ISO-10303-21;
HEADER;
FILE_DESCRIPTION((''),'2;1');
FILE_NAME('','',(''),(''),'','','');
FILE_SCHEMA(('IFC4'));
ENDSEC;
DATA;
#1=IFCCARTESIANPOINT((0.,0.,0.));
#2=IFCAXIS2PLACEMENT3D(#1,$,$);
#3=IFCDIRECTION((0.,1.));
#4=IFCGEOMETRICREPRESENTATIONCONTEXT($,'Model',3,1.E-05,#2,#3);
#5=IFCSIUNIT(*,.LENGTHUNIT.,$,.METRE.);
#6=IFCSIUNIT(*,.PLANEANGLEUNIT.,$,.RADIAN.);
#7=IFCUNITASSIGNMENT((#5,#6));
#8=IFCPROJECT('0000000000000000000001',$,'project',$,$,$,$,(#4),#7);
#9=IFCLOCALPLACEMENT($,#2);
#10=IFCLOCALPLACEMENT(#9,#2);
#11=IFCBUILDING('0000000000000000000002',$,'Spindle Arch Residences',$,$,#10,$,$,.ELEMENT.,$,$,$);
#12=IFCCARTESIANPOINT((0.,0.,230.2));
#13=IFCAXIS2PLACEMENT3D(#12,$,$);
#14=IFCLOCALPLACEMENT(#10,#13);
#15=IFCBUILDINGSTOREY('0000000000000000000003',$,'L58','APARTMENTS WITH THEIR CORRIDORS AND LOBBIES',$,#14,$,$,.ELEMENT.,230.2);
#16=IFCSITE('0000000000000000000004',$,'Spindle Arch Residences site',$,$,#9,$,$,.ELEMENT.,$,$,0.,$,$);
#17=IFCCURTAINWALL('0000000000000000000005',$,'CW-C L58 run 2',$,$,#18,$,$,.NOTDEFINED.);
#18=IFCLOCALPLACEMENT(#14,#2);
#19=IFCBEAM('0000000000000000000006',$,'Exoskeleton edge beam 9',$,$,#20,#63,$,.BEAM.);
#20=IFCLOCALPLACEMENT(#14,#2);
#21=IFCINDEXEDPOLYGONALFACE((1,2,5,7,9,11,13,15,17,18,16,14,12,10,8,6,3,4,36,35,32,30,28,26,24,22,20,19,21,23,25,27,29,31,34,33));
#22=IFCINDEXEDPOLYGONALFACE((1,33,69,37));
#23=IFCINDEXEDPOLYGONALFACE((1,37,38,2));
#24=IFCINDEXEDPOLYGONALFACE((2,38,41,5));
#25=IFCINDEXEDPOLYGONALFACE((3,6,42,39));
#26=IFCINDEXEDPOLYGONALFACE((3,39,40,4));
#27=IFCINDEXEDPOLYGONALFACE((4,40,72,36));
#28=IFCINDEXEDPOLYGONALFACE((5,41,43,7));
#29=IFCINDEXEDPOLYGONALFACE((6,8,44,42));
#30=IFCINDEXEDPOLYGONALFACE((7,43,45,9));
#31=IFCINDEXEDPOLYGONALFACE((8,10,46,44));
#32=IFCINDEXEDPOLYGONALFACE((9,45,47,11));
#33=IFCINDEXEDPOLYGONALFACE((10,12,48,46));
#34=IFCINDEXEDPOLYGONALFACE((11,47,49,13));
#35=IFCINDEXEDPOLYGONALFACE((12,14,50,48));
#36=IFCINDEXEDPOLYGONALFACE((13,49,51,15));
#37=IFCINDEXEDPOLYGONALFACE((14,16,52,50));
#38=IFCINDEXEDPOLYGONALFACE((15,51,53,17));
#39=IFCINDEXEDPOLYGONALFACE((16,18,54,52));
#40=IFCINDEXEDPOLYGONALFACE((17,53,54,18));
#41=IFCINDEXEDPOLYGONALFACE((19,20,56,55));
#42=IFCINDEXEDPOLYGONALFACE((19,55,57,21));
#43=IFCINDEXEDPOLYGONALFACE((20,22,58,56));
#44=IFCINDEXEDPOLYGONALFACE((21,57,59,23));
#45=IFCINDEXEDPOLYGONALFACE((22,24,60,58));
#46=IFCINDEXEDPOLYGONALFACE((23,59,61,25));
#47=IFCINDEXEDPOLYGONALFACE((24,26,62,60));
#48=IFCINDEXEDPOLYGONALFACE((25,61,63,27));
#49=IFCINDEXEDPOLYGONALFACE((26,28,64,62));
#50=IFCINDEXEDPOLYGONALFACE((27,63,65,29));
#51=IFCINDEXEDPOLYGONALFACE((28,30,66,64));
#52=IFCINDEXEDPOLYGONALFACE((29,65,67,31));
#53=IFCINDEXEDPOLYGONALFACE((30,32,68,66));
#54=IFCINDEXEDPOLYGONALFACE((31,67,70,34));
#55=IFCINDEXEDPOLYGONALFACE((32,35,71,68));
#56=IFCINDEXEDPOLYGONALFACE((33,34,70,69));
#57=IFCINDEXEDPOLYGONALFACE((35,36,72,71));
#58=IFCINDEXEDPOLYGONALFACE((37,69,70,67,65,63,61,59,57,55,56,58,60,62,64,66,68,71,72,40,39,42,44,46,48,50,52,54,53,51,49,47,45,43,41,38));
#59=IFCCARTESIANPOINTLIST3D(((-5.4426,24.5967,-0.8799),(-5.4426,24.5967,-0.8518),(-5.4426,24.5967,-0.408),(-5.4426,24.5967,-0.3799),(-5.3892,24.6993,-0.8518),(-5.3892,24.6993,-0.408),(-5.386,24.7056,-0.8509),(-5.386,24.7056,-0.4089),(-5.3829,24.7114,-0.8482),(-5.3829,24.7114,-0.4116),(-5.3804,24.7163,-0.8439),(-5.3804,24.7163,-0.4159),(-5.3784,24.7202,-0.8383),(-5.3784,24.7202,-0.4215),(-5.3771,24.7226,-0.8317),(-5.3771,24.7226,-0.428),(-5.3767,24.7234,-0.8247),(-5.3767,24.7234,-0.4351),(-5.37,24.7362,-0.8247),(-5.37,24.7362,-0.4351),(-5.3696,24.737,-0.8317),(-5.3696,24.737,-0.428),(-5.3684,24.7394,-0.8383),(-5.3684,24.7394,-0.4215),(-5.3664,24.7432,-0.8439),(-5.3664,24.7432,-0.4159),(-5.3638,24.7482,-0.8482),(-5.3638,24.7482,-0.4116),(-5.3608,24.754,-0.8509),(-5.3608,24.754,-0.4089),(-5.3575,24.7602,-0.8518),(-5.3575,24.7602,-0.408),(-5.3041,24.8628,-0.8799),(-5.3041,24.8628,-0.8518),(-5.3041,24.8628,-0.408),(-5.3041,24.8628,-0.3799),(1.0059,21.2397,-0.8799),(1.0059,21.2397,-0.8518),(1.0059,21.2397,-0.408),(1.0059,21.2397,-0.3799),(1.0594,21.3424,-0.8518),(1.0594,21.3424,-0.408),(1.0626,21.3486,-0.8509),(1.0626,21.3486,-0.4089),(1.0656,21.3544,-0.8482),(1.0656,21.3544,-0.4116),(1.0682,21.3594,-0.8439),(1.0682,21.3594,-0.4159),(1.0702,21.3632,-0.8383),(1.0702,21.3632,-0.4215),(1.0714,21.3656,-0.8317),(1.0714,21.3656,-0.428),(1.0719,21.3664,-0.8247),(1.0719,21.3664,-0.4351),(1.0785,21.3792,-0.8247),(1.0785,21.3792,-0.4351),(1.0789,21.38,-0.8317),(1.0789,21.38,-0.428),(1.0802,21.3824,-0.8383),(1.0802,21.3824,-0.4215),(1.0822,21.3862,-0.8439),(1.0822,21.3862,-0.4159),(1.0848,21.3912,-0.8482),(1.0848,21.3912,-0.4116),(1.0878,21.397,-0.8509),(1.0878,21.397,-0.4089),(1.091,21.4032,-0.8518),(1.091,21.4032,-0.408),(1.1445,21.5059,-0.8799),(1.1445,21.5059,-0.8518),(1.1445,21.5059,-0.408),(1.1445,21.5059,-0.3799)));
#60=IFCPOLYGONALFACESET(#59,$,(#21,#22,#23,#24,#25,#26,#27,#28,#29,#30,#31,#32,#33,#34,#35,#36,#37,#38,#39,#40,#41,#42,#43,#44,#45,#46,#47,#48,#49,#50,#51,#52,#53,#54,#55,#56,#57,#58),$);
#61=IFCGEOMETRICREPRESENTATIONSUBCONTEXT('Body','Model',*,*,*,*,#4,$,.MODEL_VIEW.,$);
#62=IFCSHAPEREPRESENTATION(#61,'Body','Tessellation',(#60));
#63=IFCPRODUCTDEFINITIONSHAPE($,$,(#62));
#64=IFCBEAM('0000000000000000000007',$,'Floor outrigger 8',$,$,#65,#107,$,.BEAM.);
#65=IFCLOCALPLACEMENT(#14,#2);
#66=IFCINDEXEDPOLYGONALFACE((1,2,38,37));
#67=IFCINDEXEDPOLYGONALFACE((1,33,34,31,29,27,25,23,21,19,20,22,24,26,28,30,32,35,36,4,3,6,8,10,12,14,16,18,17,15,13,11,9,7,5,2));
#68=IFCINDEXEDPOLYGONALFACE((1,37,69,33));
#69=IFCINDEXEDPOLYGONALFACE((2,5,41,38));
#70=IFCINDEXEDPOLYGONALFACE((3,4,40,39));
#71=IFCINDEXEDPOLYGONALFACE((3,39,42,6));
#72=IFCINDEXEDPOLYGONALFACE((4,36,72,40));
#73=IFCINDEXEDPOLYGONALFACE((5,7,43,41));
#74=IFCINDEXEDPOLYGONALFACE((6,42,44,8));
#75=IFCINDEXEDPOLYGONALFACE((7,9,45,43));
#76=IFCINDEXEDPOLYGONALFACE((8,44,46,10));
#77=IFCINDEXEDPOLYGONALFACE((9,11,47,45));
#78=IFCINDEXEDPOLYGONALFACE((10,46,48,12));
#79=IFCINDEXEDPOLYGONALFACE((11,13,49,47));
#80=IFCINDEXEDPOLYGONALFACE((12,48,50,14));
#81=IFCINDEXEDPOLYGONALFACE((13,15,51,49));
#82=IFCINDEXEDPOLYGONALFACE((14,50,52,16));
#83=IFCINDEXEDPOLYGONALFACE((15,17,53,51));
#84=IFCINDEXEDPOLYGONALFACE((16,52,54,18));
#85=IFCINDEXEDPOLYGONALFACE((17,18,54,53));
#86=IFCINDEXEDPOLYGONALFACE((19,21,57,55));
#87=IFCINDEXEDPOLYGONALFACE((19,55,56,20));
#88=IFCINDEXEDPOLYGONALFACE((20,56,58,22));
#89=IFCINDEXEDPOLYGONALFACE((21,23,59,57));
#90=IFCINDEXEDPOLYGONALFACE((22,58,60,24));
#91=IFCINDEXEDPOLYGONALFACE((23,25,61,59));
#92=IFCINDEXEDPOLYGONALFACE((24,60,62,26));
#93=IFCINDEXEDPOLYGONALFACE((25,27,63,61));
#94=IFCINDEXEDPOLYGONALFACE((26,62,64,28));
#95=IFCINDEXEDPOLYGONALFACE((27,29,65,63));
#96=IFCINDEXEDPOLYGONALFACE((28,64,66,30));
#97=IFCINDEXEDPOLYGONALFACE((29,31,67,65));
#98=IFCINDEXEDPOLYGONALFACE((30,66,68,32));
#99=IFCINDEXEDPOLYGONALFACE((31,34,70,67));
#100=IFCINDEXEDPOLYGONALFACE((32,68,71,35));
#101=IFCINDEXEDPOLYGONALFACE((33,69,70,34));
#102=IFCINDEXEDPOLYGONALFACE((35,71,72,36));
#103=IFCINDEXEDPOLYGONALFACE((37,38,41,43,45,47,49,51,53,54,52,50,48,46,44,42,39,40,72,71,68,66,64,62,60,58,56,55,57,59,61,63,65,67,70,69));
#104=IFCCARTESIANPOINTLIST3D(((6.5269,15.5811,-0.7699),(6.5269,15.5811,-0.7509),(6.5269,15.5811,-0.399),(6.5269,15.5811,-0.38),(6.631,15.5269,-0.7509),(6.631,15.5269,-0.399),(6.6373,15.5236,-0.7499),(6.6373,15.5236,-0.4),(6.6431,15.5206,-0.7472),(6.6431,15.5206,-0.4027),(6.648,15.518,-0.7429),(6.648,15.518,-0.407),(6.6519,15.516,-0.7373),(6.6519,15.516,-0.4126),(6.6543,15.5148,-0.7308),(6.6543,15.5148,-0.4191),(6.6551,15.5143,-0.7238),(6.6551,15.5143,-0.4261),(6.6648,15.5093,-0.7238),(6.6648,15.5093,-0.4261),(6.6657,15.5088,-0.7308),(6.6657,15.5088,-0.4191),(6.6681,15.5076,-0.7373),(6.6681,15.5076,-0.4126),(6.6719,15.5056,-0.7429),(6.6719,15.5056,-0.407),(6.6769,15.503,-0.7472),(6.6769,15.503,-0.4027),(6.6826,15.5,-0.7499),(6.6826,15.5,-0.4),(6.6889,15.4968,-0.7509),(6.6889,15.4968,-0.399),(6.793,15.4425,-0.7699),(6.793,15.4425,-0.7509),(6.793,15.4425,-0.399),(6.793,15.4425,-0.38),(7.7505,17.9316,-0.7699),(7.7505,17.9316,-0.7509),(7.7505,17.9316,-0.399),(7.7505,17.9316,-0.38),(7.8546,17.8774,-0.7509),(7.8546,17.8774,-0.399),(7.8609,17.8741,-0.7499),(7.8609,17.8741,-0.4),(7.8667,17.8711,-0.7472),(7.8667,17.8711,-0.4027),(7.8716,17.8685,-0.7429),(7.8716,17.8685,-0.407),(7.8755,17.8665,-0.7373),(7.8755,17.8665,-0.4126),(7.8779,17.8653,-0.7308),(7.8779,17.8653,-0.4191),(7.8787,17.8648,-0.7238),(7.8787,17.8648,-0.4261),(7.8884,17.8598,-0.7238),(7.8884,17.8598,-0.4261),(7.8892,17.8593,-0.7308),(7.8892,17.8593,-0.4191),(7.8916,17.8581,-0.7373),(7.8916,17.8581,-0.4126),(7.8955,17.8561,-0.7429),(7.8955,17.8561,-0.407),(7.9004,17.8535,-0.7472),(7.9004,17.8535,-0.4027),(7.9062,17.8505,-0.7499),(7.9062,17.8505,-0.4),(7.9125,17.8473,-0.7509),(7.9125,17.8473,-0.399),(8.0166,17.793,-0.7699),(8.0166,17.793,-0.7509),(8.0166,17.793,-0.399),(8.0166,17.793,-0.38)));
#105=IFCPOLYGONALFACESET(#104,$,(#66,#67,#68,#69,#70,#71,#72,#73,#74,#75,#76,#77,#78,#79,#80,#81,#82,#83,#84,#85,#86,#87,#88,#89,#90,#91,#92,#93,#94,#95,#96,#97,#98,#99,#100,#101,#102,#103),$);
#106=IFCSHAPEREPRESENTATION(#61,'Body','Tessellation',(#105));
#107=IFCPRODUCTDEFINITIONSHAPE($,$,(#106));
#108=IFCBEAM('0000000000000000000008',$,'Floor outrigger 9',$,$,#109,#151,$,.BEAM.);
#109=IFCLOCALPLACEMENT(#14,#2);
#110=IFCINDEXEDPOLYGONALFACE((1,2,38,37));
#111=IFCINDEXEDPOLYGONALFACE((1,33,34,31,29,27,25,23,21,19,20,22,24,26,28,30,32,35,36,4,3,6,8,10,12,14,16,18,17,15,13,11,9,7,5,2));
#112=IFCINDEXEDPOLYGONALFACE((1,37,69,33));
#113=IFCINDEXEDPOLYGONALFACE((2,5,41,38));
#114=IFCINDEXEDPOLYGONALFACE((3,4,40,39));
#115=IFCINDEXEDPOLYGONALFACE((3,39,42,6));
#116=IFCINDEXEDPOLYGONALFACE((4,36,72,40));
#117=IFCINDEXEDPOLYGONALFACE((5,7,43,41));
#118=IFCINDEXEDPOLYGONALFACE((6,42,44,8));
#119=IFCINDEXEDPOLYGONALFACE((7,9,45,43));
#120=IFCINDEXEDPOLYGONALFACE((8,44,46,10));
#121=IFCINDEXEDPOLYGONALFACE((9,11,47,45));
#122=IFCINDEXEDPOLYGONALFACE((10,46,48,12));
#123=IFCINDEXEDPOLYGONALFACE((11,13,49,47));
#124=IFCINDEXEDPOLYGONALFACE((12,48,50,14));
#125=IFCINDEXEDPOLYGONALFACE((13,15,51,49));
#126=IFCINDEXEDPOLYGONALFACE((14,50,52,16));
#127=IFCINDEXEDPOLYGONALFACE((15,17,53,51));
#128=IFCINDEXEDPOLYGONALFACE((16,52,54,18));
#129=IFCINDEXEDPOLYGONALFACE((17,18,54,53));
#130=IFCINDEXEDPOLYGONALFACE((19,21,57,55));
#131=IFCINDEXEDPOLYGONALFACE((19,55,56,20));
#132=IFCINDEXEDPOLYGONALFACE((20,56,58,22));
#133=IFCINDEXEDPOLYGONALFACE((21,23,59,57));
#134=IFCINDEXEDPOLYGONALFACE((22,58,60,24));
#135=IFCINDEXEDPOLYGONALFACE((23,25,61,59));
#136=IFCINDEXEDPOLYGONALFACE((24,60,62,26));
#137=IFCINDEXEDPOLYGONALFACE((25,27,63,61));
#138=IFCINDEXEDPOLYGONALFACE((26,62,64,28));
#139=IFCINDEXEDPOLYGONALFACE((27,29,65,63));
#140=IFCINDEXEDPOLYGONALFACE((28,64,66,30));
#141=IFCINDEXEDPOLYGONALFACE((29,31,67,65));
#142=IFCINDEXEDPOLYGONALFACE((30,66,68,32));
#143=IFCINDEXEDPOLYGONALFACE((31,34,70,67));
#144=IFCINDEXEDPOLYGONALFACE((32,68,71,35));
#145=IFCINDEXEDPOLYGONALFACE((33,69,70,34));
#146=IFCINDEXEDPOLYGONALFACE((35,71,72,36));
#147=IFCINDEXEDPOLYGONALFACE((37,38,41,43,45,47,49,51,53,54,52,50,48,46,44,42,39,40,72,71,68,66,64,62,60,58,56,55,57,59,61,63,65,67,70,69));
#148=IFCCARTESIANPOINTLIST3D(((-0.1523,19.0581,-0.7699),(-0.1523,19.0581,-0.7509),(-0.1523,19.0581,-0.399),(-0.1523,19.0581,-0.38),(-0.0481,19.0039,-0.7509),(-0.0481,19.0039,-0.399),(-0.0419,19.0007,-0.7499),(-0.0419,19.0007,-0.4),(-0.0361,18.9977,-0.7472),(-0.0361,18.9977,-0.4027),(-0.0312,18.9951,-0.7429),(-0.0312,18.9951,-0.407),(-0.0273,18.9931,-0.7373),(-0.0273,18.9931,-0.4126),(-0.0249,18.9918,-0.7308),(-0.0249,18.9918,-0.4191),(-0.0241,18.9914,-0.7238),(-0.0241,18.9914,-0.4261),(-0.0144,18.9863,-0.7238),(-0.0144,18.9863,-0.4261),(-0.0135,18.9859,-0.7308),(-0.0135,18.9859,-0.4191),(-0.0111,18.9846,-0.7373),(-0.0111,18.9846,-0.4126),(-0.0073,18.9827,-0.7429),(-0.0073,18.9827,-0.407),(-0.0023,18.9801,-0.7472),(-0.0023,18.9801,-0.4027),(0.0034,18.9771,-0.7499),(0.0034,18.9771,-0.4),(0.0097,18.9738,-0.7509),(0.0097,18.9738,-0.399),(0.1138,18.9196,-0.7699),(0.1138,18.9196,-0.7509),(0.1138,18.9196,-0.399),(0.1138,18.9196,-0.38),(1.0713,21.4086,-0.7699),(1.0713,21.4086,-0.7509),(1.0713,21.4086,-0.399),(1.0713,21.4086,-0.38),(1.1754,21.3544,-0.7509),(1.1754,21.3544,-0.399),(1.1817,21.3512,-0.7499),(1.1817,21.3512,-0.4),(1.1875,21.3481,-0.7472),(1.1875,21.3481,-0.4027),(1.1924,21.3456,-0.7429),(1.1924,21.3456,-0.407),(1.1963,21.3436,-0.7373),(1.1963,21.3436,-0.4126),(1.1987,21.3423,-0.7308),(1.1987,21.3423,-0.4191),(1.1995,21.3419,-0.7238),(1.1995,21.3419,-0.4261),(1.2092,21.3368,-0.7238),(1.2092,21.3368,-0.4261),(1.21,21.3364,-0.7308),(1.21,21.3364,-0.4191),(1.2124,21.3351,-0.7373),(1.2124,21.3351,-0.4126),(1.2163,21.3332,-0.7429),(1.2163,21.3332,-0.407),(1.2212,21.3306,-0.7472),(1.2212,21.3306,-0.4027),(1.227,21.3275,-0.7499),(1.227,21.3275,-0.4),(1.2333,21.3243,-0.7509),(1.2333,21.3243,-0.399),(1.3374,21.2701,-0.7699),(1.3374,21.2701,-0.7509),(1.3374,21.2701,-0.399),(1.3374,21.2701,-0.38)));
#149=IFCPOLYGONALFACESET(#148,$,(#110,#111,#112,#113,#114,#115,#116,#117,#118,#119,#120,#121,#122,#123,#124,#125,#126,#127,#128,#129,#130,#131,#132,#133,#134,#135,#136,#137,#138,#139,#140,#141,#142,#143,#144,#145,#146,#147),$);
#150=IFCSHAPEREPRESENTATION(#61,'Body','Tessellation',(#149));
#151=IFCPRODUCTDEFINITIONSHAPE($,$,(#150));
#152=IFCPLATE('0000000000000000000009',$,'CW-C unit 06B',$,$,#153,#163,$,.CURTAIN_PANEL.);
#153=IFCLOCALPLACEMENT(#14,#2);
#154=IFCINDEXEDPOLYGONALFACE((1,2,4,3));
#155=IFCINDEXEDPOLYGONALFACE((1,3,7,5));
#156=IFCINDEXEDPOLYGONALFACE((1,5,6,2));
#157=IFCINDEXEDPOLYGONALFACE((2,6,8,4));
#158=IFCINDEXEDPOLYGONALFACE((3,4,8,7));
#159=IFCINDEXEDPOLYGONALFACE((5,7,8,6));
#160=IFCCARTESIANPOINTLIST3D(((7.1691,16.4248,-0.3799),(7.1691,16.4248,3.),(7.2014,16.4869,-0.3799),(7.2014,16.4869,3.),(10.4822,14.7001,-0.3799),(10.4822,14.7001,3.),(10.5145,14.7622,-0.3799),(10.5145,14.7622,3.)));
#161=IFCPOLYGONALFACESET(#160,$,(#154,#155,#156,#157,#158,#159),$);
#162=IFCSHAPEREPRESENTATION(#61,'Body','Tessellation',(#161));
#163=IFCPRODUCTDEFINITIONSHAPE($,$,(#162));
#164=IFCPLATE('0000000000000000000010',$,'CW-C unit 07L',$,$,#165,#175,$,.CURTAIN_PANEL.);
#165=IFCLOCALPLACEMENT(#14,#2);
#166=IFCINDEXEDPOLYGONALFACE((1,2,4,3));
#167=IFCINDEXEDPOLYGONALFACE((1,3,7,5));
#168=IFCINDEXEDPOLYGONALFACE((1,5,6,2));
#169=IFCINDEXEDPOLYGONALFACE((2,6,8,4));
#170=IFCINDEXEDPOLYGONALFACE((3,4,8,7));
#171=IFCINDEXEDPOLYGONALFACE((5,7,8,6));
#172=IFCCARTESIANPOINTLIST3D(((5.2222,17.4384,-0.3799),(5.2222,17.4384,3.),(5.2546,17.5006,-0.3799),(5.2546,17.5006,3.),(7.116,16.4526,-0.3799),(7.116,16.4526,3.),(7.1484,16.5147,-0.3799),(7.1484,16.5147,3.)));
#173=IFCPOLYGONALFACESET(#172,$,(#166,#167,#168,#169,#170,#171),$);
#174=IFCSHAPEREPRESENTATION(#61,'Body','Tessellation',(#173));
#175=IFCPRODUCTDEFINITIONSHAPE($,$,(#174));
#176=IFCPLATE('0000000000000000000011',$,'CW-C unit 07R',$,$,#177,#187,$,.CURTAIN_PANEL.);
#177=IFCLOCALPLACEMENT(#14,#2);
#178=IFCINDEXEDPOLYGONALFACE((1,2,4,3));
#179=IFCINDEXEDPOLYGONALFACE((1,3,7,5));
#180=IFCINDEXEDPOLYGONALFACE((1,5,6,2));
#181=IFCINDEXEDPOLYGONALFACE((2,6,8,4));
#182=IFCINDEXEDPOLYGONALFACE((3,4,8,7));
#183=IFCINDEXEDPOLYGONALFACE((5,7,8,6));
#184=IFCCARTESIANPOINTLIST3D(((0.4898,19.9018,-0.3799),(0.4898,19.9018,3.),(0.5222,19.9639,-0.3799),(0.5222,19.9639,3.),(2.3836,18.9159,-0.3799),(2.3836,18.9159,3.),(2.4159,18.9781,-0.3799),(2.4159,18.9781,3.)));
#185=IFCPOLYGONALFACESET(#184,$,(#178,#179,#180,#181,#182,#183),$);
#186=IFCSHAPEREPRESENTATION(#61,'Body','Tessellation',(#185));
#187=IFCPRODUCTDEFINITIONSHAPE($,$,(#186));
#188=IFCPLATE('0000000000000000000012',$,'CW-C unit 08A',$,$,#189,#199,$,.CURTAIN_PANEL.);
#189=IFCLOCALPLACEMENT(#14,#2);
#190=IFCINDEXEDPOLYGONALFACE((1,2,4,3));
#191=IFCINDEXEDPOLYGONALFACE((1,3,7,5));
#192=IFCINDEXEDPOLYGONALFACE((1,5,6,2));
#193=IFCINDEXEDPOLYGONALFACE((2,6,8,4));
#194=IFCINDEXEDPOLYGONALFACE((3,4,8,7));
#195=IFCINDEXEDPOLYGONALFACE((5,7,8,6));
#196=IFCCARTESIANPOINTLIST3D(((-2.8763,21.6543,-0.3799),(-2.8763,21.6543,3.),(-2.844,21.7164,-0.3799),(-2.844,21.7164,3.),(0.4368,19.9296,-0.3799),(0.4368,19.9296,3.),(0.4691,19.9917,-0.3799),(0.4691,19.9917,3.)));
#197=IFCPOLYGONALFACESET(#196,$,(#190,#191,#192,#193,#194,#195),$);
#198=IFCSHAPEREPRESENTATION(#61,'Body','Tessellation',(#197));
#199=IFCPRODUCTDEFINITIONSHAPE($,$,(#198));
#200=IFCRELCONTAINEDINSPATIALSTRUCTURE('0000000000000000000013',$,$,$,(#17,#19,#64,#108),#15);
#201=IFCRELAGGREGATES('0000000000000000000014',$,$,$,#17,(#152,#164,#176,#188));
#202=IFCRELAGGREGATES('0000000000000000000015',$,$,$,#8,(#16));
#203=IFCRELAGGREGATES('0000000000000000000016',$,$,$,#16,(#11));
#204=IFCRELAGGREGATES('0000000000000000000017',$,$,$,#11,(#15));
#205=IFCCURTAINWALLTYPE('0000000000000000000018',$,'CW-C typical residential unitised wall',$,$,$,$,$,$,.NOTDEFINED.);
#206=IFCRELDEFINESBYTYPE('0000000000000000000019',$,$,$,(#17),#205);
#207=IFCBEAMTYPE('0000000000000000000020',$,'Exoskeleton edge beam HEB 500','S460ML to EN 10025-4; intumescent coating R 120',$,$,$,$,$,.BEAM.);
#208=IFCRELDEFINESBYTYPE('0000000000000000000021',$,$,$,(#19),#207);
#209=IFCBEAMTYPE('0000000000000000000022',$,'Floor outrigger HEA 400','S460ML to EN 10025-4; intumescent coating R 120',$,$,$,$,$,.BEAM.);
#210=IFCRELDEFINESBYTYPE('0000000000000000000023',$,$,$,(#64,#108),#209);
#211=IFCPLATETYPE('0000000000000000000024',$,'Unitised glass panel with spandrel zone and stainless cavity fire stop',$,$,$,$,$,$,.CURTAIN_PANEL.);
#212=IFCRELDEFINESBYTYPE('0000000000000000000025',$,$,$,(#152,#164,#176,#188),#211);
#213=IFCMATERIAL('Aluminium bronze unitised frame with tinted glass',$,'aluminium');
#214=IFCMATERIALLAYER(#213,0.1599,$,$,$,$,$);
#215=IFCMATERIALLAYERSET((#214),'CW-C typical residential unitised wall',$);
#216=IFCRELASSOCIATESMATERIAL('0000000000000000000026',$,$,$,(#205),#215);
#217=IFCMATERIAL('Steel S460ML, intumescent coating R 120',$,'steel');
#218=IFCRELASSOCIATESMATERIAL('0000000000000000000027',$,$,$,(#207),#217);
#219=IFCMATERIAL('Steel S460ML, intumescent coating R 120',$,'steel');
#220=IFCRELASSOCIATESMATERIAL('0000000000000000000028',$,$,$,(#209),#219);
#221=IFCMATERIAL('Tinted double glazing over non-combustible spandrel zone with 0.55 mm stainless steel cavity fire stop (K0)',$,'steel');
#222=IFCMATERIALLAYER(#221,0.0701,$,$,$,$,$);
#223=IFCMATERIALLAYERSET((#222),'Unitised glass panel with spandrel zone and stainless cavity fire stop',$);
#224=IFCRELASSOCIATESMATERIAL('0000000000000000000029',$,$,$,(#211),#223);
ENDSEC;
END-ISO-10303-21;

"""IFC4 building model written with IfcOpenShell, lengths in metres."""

from ifc_helpers import new_model, si_unit, direction, frame, origin, origin_2d, place, context, subcontext, project, spatial, rectangle, i_section, extrude, material, layer, layer_set, material_profile, profile_set, type_object, element, aggregate, save


model = new_model("IFC4")

# Units and contexts
model_context = context("Model", 3, precision=1e-05, world=origin(), true_north=direction((0.0, 1.0)))
body_context = subcontext(model_context, "Body", "Model", "MODEL_VIEW")
ifc_project = project(units=[si_unit("LENGTHUNIT", "METRE"), si_unit("PLANEANGLEUNIT", "RADIAN")], contexts=[model_context])

# Site, building, storey
site_placement = place(None, origin())
site = spatial("IfcSite", under=ifc_project, at=site_placement, Name="Spindle Arch Residences site", CompositionType="ELEMENT", RefElevation=0.0)
building_placement = place(site_placement, origin())
building = spatial("IfcBuilding", under=site, at=building_placement, Name="Spindle Arch Residences", CompositionType="ELEMENT")
storey_placement = place(building_placement, frame((0.0, 0.0, 230.2)))
storey = spatial("IfcBuildingStorey", under=building, at=storey_placement, Name="L58", Description="APARTMENTS WITH THEIR CORRIDORS AND LOBBIES", CompositionType="ELEMENT", Elevation=230.2)

# Curtain wall
ifc_material_1 = material(Name="Aluminium bronze unitised frame with tinted glass", Category="aluminium")
ifc_layer_1 = layer(ifc_material_1, 0.1599)
ifc_layer_set_1 = layer_set([ifc_layer_1], Name="CW-C typical residential unitised wall")
curtain_wall_type = type_object("IfcCurtainWallType", Name="CW-C typical residential unitised wall", PredefinedType="NOTDEFINED", material=ifc_layer_set_1)
curtain_wall_placement = place(storey_placement, origin())
curtain_wall = element("IfcCurtainWall", 1, at=curtain_wall_placement, inside=storey, type_object=curtain_wall_type, Name="CW-C L58 run 2", PredefinedType="NOTDEFINED")

# Beams
ifc_material_2 = material(Name="Steel S460ML, intumescent coating R 120", Category="steel")
ifc_material_profile_1 = material_profile(ifc_material_2, i_section(OverallWidth=0.3, OverallDepth=0.5, WebThickness=0.0144, FlangeThickness=0.0281, FilletRadius=0.0271, at=origin_2d()), Name="HEB 500")
ifc_profile_set_1 = profile_set([ifc_material_profile_1], Name="Steel S460ML, intumescent coating R 120")
beam_type_1 = type_object("IfcBeamType", Name="Exoskeleton edge beam HEB 500", Description="S460ML to EN 10025-4; intumescent coating R 120", PredefinedType="BEAM", material=ifc_profile_set_1)
for number, where, z_axis, x_axis, name in (
    (2, (1.0752, 21.3728, -0.6299), (-0.887007, 0.461756, 0.0), (-0.461756, -0.887007, 0.0), "Exoskeleton edge beam 9"),
):
    element("IfcBeam", number, at=place(storey_placement, frame(where, z_axis=z_axis, x_axis=x_axis)), inside=storey, type_object=beam_type_1, Name=name, PredefinedType="BEAM", context=body_context, shape_type="SweptSolid", body=[
        extrude(i_section(OverallWidth=0.3, OverallDepth=0.5, WebThickness=0.0144, FlangeThickness=0.0281, FilletRadius=0.0271, at=origin_2d()), origin(), (0.0, 0.0, 1.0), 7.27),
    ])
ifc_material_3 = material(Name="Steel S460ML, intumescent coating R 120", Category="steel")
ifc_material_profile_2 = material_profile(ifc_material_3, i_section(OverallWidth=0.3, OverallDepth=0.3899, WebThickness=0.011, FlangeThickness=0.019, FilletRadius=0.0271, at=origin_2d()), Name="HEA 400")
ifc_profile_set_2 = profile_set([ifc_material_profile_2], Name="Steel S460ML, intumescent coating R 120")
beam_type_2 = type_object("IfcBeamType", Name="Floor outrigger HEA 400", Description="S460ML to EN 10025-4; intumescent coating R 120", PredefinedType="BEAM", material=ifc_profile_set_2)
for number, where, z_axis, x_axis, name in (
    (3, (7.8835, 17.8623, -0.575), (-0.461747, -0.887012, 0.0), (0.887012, -0.461747, 0.0), "Floor outrigger 8"),
    (4, (1.2043, 21.3394, -0.575), (-0.461747, -0.887012, 0.0), (0.887012, -0.461747, 0.0), "Floor outrigger 9"),
):
    element("IfcBeam", number, at=place(storey_placement, frame(where, z_axis=z_axis, x_axis=x_axis)), inside=storey, type_object=beam_type_2, Name=name, PredefinedType="BEAM", context=body_context, shape_type="SweptSolid", body=[
        extrude(i_section(OverallWidth=0.3, OverallDepth=0.3899, WebThickness=0.011, FlangeThickness=0.019, FilletRadius=0.0271, at=origin_2d()), origin(), (0.0, 0.0, 1.0), 2.6499),
    ])

# Plates
ifc_material_4 = material(Name="Tinted double glazing over non-combustible spandrel zone with 0.55 mm stainless steel cavity fire stop (K0)", Category="steel")
ifc_layer_2 = layer(ifc_material_4, 0.0701)
ifc_layer_set_2 = layer_set([ifc_layer_2], Name="Unitised glass panel with spandrel zone and stainless cavity fire stop")
plate_type = type_object("IfcPlateType", Name="Unitised glass panel with spandrel zone and stainless cavity fire stop", PredefinedType="CURTAIN_PANEL", material=ifc_layer_set_2)
plate_1_placement = place(storey_placement, frame((8.8418, 15.5935, -0.3799), z_axis=(0.0, 0.0, 1.0), x_axis=(-0.887011, 0.461749, 0.0)))
plate_1 = element("IfcPlate", 5, at=plate_1_placement, type_object=plate_type, Name="CW-C unit 06B", PredefinedType="CURTAIN_PANEL", context=body_context, shape_type="SweptSolid", body=[
    extrude(rectangle(XDim=3.7351, YDim=0.0701, at=origin_2d()), origin(), (0.0, 0.0, 1.0), 3.3799),
])
plate_2_placement = place(storey_placement, frame((6.1853, 16.9766, -0.3799), z_axis=(0.0, 0.0, 1.0), x_axis=(-0.887011, 0.461749, 0.0)))
plate_2 = element("IfcPlate", 6, at=plate_2_placement, type_object=plate_type, Name="CW-C unit 07L", PredefinedType="CURTAIN_PANEL", context=body_context, shape_type="SweptSolid", body=[
    extrude(rectangle(XDim=2.135, YDim=0.0701, at=origin_2d()), origin(), (0.0, 0.0, 1.0), 3.3799),
])
plate_3_placement = place(storey_placement, frame((1.4529, 19.4399, -0.3799), z_axis=(0.0, 0.0, 1.0), x_axis=(-0.887011, 0.461749, 0.0)))
plate_3 = element("IfcPlate", 7, at=plate_3_placement, type_object=plate_type, Name="CW-C unit 07R", PredefinedType="CURTAIN_PANEL", context=body_context, shape_type="SweptSolid", body=[
    extrude(rectangle(XDim=2.135, YDim=0.0701, at=origin_2d()), origin(), (0.0, 0.0, 1.0), 3.3799),
])
plate_4_placement = place(storey_placement, frame((-1.2036, 20.823, -0.3799), z_axis=(0.0, 0.0, 1.0), x_axis=(-0.887011, 0.461749, 0.0)))
plate_4 = element("IfcPlate", 8, at=plate_4_placement, type_object=plate_type, Name="CW-C unit 08A", PredefinedType="CURTAIN_PANEL", context=body_context, shape_type="SweptSolid", body=[
    extrude(rectangle(XDim=3.7351, YDim=0.0701, at=origin_2d()), origin(), (0.0, 0.0, 1.0), 3.3799),
])
aggregate(curtain_wall, [plate_1, plate_2, plate_3, plate_4])

save(model, "model.ifc")
